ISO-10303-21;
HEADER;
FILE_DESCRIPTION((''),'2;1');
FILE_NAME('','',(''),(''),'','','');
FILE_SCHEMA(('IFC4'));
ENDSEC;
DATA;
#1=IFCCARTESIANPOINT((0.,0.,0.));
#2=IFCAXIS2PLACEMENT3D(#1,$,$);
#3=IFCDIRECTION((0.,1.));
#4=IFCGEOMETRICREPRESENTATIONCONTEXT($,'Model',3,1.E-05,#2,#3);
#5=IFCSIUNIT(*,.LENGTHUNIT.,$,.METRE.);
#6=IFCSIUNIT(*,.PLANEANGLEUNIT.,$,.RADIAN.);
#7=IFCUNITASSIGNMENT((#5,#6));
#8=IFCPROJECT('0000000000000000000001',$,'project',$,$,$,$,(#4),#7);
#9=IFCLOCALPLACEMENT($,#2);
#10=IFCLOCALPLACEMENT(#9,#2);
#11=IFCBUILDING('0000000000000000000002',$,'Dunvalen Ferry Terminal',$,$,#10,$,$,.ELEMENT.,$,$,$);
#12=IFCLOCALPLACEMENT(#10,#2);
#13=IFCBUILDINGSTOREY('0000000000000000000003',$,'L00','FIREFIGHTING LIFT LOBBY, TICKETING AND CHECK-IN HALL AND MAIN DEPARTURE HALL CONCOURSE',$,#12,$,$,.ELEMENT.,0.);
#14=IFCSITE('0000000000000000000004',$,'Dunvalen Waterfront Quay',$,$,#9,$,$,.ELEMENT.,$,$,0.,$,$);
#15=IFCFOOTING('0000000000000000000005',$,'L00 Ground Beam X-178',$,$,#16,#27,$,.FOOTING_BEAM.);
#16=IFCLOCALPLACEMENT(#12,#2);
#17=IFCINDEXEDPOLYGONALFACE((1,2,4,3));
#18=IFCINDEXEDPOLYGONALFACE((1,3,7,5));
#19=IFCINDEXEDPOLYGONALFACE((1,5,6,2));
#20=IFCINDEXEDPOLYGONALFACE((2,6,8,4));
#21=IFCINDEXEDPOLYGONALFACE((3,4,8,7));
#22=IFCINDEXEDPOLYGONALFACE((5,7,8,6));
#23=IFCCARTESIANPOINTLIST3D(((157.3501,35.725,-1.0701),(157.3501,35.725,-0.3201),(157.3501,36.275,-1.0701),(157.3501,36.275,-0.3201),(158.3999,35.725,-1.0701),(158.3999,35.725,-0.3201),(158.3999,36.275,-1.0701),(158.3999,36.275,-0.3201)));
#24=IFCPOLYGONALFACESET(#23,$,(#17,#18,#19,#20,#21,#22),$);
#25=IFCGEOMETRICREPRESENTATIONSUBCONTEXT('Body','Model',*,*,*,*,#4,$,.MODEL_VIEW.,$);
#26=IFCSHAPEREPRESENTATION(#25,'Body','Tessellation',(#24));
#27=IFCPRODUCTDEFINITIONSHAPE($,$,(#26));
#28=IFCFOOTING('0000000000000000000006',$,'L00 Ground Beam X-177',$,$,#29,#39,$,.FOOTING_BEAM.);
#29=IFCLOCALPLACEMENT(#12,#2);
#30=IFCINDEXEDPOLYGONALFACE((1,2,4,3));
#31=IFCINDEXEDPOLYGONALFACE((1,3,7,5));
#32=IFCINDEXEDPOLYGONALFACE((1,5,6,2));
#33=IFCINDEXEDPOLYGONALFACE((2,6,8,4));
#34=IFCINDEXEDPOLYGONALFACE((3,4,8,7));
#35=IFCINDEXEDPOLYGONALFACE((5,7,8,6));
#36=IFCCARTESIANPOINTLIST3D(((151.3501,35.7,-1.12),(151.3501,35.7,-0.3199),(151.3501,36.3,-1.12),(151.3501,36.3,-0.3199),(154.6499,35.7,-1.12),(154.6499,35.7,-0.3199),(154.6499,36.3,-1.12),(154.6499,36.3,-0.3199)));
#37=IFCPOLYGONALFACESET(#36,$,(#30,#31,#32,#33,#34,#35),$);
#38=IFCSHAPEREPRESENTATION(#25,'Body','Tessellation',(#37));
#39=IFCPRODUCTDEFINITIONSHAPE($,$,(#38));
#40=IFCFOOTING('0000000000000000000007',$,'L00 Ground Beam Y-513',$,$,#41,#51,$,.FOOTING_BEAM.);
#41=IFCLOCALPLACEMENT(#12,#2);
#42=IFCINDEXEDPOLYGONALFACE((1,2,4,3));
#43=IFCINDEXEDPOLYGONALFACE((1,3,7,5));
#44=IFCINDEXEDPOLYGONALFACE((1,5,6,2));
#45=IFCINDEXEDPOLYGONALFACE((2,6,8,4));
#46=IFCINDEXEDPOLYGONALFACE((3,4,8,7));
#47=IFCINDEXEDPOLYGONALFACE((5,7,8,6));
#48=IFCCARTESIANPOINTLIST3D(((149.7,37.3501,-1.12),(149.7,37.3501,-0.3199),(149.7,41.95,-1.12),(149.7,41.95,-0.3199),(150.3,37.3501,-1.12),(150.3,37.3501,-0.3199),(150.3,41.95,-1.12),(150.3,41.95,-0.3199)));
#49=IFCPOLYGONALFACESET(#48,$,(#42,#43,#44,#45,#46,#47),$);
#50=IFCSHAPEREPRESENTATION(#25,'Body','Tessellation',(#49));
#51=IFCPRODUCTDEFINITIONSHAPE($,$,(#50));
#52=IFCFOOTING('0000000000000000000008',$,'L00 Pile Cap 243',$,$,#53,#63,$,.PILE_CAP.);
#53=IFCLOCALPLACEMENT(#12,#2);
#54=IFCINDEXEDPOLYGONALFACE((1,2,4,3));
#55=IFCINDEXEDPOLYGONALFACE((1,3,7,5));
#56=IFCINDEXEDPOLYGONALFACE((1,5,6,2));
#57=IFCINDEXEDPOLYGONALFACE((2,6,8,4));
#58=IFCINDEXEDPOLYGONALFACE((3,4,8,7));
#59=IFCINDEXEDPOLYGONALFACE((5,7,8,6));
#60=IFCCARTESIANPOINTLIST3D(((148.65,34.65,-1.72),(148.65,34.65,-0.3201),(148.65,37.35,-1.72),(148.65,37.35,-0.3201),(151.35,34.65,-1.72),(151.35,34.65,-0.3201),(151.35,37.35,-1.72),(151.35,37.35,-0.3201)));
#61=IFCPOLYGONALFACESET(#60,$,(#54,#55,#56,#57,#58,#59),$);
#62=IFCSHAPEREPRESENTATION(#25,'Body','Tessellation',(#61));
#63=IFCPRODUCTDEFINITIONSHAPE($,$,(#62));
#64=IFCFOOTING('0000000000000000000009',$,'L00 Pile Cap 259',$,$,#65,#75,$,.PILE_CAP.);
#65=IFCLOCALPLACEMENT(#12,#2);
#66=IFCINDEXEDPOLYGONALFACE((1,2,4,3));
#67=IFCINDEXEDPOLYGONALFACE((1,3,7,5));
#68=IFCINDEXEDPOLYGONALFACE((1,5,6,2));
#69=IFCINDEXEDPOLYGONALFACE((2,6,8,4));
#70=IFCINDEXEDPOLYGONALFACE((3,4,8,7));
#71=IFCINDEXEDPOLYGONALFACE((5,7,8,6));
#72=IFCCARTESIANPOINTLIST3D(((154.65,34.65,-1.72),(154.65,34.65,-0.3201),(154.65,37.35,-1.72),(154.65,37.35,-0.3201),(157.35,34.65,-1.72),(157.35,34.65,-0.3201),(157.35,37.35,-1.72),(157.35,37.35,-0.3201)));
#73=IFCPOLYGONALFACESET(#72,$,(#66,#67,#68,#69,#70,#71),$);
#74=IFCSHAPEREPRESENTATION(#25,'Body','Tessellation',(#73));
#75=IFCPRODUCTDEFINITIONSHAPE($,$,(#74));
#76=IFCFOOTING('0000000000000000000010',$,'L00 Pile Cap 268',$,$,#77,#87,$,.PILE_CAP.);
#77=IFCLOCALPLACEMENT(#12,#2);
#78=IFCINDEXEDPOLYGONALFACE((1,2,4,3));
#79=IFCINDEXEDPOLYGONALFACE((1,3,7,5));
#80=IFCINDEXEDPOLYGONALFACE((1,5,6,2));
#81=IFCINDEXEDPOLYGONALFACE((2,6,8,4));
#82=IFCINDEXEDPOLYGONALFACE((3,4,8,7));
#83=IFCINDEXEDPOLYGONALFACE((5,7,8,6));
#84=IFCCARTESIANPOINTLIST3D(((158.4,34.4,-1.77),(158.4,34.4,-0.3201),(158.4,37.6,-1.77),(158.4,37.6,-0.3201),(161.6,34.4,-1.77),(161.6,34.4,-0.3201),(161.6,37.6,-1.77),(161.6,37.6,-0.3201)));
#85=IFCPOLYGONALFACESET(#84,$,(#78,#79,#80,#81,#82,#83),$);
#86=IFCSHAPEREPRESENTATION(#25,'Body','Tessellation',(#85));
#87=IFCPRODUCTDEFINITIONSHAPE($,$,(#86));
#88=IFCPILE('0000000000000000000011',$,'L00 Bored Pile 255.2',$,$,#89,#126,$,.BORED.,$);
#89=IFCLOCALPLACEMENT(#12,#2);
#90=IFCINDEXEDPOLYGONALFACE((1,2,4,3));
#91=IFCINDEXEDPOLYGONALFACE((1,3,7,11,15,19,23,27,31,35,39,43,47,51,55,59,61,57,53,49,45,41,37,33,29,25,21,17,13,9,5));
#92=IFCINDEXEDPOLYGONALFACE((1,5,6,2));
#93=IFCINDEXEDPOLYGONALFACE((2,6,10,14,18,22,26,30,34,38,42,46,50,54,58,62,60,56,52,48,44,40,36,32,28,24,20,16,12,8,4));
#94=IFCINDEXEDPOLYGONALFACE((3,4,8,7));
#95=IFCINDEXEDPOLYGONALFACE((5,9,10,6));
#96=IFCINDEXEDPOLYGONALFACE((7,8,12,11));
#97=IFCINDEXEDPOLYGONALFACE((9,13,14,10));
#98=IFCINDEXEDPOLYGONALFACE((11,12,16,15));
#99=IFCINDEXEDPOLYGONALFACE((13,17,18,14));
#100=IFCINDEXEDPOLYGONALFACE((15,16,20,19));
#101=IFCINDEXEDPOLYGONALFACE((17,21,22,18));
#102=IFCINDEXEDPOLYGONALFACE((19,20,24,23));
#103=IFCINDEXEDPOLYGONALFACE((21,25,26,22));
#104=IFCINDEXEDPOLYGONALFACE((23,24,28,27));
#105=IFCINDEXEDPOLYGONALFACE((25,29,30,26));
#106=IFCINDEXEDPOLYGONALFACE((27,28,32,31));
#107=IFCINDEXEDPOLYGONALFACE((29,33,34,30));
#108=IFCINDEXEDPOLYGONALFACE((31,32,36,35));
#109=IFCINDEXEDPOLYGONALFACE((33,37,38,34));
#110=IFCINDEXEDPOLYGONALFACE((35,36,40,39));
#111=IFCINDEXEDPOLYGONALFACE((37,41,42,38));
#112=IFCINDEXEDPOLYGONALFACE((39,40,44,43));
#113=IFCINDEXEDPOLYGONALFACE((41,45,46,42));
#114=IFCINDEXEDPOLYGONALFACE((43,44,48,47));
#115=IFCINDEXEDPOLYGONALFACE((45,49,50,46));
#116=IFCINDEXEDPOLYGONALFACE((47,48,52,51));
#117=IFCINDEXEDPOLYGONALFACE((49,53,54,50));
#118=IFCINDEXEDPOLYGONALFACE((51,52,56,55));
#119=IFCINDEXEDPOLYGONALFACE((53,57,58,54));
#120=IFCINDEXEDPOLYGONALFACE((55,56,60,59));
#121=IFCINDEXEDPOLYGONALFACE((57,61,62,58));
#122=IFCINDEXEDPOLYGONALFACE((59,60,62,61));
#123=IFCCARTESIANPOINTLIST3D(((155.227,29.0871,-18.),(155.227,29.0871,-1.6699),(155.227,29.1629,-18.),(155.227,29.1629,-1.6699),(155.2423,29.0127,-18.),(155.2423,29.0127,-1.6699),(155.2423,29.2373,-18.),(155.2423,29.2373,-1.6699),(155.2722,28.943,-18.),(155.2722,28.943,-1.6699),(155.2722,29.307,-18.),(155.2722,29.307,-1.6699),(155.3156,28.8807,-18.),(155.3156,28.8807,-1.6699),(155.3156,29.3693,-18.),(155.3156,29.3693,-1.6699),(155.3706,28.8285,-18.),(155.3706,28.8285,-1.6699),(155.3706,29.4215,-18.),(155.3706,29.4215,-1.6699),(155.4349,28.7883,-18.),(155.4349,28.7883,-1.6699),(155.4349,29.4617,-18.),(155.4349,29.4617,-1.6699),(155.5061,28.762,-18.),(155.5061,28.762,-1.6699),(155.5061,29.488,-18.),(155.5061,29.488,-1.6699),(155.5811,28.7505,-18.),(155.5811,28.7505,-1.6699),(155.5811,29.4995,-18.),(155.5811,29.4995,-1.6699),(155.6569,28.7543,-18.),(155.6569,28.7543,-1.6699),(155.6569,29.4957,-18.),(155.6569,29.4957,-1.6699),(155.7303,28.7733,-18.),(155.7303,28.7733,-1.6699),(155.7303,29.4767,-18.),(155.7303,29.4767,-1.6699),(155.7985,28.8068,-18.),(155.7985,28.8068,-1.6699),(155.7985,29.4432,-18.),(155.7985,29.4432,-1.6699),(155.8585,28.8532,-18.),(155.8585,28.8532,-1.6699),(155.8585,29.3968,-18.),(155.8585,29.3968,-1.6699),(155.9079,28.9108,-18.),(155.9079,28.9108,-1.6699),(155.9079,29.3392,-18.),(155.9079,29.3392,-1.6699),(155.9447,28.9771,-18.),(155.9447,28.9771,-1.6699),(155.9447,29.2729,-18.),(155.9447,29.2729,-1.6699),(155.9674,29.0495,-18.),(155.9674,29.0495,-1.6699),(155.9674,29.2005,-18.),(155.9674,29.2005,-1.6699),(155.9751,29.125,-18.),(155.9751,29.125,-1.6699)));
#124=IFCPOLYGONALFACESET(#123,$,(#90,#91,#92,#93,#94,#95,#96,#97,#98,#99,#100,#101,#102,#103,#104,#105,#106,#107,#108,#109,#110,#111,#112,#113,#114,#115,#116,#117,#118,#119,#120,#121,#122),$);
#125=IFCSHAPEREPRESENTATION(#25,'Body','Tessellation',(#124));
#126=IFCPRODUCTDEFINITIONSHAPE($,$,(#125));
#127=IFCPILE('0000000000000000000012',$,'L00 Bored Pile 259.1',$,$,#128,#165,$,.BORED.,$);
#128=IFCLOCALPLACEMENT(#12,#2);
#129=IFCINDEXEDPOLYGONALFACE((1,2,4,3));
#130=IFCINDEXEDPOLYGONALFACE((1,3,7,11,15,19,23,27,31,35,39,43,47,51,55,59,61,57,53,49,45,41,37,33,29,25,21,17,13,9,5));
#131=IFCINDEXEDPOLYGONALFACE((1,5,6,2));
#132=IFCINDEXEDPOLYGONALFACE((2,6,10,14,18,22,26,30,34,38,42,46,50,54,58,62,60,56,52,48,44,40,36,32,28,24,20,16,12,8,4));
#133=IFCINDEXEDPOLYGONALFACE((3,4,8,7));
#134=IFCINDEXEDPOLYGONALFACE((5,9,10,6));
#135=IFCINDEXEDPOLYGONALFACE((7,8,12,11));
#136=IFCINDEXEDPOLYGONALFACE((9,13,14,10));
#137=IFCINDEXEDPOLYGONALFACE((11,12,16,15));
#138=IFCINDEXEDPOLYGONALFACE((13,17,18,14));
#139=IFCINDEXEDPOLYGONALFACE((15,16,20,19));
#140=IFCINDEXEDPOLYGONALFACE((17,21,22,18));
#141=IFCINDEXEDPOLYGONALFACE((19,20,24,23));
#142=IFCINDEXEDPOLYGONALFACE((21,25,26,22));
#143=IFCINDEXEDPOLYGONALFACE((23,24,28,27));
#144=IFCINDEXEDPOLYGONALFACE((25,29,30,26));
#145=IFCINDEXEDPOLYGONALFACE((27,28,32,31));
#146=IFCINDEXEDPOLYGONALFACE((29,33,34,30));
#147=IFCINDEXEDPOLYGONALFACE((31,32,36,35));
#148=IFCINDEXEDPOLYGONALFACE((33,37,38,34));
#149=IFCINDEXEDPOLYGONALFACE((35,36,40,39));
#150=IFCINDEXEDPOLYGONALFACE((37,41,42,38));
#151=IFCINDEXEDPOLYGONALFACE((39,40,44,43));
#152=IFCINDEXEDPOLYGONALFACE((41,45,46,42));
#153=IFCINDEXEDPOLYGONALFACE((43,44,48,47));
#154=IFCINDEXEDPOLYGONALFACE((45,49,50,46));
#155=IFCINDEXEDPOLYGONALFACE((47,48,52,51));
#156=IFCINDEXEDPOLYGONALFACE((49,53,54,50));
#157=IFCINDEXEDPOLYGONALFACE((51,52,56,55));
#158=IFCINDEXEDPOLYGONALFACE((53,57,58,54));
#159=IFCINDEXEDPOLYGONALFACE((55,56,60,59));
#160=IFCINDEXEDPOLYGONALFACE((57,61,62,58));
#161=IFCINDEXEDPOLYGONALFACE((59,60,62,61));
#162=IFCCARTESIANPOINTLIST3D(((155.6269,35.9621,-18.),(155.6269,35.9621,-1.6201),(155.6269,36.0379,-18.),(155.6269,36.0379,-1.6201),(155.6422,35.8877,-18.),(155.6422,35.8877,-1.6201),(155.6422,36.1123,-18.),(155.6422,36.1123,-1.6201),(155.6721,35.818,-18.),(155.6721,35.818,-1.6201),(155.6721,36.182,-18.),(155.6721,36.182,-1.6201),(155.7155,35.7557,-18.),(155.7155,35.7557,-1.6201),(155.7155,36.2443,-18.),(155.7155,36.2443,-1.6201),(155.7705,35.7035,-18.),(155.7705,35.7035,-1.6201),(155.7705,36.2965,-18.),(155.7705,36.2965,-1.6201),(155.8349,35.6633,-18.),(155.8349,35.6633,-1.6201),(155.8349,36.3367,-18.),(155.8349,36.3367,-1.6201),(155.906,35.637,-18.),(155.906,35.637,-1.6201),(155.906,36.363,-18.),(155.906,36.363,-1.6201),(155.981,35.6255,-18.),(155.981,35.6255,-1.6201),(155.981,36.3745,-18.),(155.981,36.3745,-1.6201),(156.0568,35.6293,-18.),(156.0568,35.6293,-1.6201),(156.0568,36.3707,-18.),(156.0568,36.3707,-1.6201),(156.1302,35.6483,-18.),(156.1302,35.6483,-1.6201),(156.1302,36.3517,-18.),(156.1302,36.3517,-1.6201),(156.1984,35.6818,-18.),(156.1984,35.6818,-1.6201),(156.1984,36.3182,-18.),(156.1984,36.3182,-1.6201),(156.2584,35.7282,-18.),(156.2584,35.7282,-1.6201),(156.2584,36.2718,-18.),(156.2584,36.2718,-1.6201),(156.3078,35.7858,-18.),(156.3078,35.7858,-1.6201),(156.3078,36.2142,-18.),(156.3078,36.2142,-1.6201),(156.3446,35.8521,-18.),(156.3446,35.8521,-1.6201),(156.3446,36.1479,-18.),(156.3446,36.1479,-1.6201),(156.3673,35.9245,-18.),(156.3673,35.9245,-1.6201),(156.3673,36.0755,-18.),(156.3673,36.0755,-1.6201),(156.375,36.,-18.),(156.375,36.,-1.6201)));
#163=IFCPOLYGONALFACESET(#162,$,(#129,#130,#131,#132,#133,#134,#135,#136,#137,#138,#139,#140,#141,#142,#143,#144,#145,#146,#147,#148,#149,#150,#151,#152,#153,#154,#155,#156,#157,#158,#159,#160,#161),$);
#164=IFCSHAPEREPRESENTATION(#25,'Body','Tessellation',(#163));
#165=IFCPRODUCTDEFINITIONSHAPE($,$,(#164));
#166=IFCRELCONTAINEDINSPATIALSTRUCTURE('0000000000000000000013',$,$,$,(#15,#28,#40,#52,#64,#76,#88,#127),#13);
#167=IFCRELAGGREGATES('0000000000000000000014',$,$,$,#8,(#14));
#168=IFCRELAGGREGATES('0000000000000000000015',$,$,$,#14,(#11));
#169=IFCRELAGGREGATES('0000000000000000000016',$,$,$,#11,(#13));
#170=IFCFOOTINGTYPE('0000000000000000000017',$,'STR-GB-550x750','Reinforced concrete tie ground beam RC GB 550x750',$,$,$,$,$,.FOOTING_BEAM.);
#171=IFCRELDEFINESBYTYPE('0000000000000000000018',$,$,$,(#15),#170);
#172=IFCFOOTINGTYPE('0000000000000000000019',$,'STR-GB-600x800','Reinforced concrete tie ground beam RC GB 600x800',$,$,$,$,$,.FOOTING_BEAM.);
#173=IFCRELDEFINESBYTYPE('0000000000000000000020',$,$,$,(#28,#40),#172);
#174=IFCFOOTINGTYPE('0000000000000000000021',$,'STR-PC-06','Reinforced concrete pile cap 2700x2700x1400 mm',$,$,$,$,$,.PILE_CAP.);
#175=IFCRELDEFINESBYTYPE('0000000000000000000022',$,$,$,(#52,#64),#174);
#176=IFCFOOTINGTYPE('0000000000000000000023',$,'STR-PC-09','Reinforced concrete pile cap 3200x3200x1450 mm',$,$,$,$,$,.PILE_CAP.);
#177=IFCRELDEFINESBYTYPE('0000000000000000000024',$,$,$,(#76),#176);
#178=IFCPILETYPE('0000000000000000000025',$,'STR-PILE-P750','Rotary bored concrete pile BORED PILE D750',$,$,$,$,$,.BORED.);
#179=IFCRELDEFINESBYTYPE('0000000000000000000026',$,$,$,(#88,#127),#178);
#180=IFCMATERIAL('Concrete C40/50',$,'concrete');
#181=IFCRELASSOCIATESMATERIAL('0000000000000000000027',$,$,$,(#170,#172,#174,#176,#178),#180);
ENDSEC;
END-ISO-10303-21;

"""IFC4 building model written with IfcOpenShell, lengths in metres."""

from ifc_helpers import new_model, si_unit, direction, frame, origin, origin_2d, place, context, subcontext, project, spatial, rectangle, circle, extrude, material, material_profile, profile_set, type_object, element, save


model = new_model("IFC4")

# Units and contexts
model_context = context("Model", 3, precision=1e-05, world=origin(), true_north=direction((0.0, 1.0)))
body_context = subcontext(model_context, "Body", "Model", "MODEL_VIEW")
ifc_project = project(units=[si_unit("LENGTHUNIT", "METRE"), si_unit("PLANEANGLEUNIT", "RADIAN")], contexts=[model_context])

# Site, building, storey
site_placement = place(None, origin())
site = spatial("IfcSite", under=ifc_project, at=site_placement, Name="Dunvalen Waterfront Quay", CompositionType="ELEMENT", RefElevation=0.0)
building_placement = place(site_placement, origin())
building = spatial("IfcBuilding", under=site, at=building_placement, Name="Dunvalen Ferry Terminal", CompositionType="ELEMENT")
storey_placement = place(building_placement, origin())
storey = spatial("IfcBuildingStorey", under=building, at=storey_placement, Name="L00", Description="FIREFIGHTING LIFT LOBBY, TICKETING AND CHECK-IN HALL AND MAIN DEPARTURE HALL CONCOURSE", CompositionType="ELEMENT", Elevation=0.0)

# Footings
ifc_material_1 = material(Name="Concrete C40/50", Category="concrete")
ifc_material_profile_1 = material_profile(ifc_material_1, rectangle(XDim=0.55, YDim=0.75, at=origin_2d()), Name="Concrete C40/50")
ifc_profile_set_1 = profile_set([ifc_material_profile_1], Name="Concrete C40/50")
footing_type_1 = type_object("IfcFootingType", Name="STR-GB-550x750", Description="Reinforced concrete tie ground beam RC GB 550x750", PredefinedType="FOOTING_BEAM", material=ifc_profile_set_1)
footing_1_placement = place(storey_placement, frame((157.3501, 36.0, -0.6951), z_axis=(1.0, 0.0, 0.0), x_axis=(0.0, 1.0, 0.0)))
element("IfcFooting", 1, at=footing_1_placement, inside=storey, type_object=footing_type_1, Name="L00 Ground Beam X-178", PredefinedType="FOOTING_BEAM", context=body_context, shape_type="SweptSolid", body=[
    extrude(rectangle(XDim=0.55, YDim=0.75, at=origin_2d()), origin(), (0.0, 0.0, 1.0), 1.0498),
])
ifc_material_profile_2 = material_profile(ifc_material_1, rectangle(XDim=0.6001, YDim=0.8, at=origin_2d()), Name="Concrete C40/50")
ifc_profile_set_2 = profile_set([ifc_material_profile_2], Name="Concrete C40/50")
footing_type_2 = type_object("IfcFootingType", Name="STR-GB-600x800", Description="Reinforced concrete tie ground beam RC GB 600x800", PredefinedType="FOOTING_BEAM", material=ifc_profile_set_2)
footing_2_placement = place(storey_placement, frame((151.3501, 36.0, -0.72), z_axis=(1.0, 0.0, 0.0), x_axis=(0.0, 1.0, 0.0)))
element("IfcFooting", 2, at=footing_2_placement, inside=storey, type_object=footing_type_2, Name="L00 Ground Beam X-177", PredefinedType="FOOTING_BEAM", context=body_context, shape_type="SweptSolid", body=[
    extrude(rectangle(XDim=0.6001, YDim=0.8, at=origin_2d()), origin(), (0.0, 0.0, 1.0), 3.2998),
])
footing_3_placement = place(storey_placement, frame((150.0, 37.3501, -0.72), z_axis=(0.0, 1.0, 0.0), x_axis=(-1.0, 0.0, 0.0)))
element("IfcFooting", 3, at=footing_3_placement, inside=storey, type_object=footing_type_2, Name="L00 Ground Beam Y-513", PredefinedType="FOOTING_BEAM", context=body_context, shape_type="SweptSolid", body=[
    extrude(rectangle(XDim=0.6001, YDim=0.8, at=origin_2d()), origin(), (0.0, 0.0, 1.0), 4.5999),
])
footing_type_3 = type_object("IfcFootingType", Name="STR-PC-06", Description="Reinforced concrete pile cap 2700x2700x1400 mm", PredefinedType="PILE_CAP", material=ifc_material_1)
for number, where, z_axis, x_axis, name in (
    (4, (150.0, 36.0, -1.72), (0.0, 0.0, 1.0), (1.0, 0.0, 0.0), "L00 Pile Cap 243"),
    (5, (156.0, 36.0, -1.72), (0.0, 0.0, 1.0), (1.0, 0.0, 0.0), "L00 Pile Cap 259"),
):
    element("IfcFooting", number, at=place(storey_placement, frame(where, z_axis=z_axis, x_axis=x_axis)), inside=storey, type_object=footing_type_3, Name=name, PredefinedType="PILE_CAP", context=body_context, shape_type="SweptSolid", body=[
        extrude(rectangle(XDim=2.7, YDim=2.7, at=origin_2d()), origin(), (0.0, 0.0, 1.0), 1.3999),
    ])
footing_type_4 = type_object("IfcFootingType", Name="STR-PC-09", Description="Reinforced concrete pile cap 3200x3200x1450 mm", PredefinedType="PILE_CAP", material=ifc_material_1)
footing_4_placement = place(storey_placement, frame((160.0, 36.0, -1.77), z_axis=(0.0, 0.0, 1.0), x_axis=(1.0, 0.0, 0.0)))
element("IfcFooting", 6, at=footing_4_placement, inside=storey, type_object=footing_type_4, Name="L00 Pile Cap 268", PredefinedType="PILE_CAP", context=body_context, shape_type="SweptSolid", body=[
    extrude(rectangle(XDim=3.2, YDim=3.2, at=origin_2d()), origin(), (0.0, 0.0, 1.0), 1.45),
])

# Piles
ifc_material_profile_3 = material_profile(ifc_material_1, circle(Radius=0.375, at=origin_2d()), Name="Concrete C40/50")
ifc_profile_set_3 = profile_set([ifc_material_profile_3], Name="Concrete C40/50")
pile_type_1 = type_object("IfcPileType", Name="STR-PILE-P750", Description="Rotary bored concrete pile BORED PILE D750", PredefinedType="BORED", material=ifc_profile_set_3)
pile_1_placement = place(storey_placement, frame((155.6001, 29.125, -1.6699), z_axis=(0.0, 0.0, -1.0), x_axis=(1.0, 0.0, 0.0)))
element("IfcPile", 7, at=pile_1_placement, inside=storey, type_object=pile_type_1, Name="L00 Bored Pile 255.2", PredefinedType="BORED", context=body_context, shape_type="SweptSolid", body=[
    extrude(circle(Radius=0.375, at=origin_2d()), origin(), (0.0, 0.0, 1.0), 16.3301),
])
pile_2_placement = place(storey_placement, frame((156.0, 36.0, -1.6201), z_axis=(0.0, 0.0, -1.0), x_axis=(1.0, 0.0, 0.0)))
element("IfcPile", 8, at=pile_2_placement, inside=storey, type_object=pile_type_1, Name="L00 Bored Pile 259.1", PredefinedType="BORED", context=body_context, shape_type="SweptSolid", body=[
    extrude(circle(Radius=0.375, at=origin_2d()), origin(), (0.0, 0.0, 1.0), 16.3799),
])

save(model, "model.ifc")
